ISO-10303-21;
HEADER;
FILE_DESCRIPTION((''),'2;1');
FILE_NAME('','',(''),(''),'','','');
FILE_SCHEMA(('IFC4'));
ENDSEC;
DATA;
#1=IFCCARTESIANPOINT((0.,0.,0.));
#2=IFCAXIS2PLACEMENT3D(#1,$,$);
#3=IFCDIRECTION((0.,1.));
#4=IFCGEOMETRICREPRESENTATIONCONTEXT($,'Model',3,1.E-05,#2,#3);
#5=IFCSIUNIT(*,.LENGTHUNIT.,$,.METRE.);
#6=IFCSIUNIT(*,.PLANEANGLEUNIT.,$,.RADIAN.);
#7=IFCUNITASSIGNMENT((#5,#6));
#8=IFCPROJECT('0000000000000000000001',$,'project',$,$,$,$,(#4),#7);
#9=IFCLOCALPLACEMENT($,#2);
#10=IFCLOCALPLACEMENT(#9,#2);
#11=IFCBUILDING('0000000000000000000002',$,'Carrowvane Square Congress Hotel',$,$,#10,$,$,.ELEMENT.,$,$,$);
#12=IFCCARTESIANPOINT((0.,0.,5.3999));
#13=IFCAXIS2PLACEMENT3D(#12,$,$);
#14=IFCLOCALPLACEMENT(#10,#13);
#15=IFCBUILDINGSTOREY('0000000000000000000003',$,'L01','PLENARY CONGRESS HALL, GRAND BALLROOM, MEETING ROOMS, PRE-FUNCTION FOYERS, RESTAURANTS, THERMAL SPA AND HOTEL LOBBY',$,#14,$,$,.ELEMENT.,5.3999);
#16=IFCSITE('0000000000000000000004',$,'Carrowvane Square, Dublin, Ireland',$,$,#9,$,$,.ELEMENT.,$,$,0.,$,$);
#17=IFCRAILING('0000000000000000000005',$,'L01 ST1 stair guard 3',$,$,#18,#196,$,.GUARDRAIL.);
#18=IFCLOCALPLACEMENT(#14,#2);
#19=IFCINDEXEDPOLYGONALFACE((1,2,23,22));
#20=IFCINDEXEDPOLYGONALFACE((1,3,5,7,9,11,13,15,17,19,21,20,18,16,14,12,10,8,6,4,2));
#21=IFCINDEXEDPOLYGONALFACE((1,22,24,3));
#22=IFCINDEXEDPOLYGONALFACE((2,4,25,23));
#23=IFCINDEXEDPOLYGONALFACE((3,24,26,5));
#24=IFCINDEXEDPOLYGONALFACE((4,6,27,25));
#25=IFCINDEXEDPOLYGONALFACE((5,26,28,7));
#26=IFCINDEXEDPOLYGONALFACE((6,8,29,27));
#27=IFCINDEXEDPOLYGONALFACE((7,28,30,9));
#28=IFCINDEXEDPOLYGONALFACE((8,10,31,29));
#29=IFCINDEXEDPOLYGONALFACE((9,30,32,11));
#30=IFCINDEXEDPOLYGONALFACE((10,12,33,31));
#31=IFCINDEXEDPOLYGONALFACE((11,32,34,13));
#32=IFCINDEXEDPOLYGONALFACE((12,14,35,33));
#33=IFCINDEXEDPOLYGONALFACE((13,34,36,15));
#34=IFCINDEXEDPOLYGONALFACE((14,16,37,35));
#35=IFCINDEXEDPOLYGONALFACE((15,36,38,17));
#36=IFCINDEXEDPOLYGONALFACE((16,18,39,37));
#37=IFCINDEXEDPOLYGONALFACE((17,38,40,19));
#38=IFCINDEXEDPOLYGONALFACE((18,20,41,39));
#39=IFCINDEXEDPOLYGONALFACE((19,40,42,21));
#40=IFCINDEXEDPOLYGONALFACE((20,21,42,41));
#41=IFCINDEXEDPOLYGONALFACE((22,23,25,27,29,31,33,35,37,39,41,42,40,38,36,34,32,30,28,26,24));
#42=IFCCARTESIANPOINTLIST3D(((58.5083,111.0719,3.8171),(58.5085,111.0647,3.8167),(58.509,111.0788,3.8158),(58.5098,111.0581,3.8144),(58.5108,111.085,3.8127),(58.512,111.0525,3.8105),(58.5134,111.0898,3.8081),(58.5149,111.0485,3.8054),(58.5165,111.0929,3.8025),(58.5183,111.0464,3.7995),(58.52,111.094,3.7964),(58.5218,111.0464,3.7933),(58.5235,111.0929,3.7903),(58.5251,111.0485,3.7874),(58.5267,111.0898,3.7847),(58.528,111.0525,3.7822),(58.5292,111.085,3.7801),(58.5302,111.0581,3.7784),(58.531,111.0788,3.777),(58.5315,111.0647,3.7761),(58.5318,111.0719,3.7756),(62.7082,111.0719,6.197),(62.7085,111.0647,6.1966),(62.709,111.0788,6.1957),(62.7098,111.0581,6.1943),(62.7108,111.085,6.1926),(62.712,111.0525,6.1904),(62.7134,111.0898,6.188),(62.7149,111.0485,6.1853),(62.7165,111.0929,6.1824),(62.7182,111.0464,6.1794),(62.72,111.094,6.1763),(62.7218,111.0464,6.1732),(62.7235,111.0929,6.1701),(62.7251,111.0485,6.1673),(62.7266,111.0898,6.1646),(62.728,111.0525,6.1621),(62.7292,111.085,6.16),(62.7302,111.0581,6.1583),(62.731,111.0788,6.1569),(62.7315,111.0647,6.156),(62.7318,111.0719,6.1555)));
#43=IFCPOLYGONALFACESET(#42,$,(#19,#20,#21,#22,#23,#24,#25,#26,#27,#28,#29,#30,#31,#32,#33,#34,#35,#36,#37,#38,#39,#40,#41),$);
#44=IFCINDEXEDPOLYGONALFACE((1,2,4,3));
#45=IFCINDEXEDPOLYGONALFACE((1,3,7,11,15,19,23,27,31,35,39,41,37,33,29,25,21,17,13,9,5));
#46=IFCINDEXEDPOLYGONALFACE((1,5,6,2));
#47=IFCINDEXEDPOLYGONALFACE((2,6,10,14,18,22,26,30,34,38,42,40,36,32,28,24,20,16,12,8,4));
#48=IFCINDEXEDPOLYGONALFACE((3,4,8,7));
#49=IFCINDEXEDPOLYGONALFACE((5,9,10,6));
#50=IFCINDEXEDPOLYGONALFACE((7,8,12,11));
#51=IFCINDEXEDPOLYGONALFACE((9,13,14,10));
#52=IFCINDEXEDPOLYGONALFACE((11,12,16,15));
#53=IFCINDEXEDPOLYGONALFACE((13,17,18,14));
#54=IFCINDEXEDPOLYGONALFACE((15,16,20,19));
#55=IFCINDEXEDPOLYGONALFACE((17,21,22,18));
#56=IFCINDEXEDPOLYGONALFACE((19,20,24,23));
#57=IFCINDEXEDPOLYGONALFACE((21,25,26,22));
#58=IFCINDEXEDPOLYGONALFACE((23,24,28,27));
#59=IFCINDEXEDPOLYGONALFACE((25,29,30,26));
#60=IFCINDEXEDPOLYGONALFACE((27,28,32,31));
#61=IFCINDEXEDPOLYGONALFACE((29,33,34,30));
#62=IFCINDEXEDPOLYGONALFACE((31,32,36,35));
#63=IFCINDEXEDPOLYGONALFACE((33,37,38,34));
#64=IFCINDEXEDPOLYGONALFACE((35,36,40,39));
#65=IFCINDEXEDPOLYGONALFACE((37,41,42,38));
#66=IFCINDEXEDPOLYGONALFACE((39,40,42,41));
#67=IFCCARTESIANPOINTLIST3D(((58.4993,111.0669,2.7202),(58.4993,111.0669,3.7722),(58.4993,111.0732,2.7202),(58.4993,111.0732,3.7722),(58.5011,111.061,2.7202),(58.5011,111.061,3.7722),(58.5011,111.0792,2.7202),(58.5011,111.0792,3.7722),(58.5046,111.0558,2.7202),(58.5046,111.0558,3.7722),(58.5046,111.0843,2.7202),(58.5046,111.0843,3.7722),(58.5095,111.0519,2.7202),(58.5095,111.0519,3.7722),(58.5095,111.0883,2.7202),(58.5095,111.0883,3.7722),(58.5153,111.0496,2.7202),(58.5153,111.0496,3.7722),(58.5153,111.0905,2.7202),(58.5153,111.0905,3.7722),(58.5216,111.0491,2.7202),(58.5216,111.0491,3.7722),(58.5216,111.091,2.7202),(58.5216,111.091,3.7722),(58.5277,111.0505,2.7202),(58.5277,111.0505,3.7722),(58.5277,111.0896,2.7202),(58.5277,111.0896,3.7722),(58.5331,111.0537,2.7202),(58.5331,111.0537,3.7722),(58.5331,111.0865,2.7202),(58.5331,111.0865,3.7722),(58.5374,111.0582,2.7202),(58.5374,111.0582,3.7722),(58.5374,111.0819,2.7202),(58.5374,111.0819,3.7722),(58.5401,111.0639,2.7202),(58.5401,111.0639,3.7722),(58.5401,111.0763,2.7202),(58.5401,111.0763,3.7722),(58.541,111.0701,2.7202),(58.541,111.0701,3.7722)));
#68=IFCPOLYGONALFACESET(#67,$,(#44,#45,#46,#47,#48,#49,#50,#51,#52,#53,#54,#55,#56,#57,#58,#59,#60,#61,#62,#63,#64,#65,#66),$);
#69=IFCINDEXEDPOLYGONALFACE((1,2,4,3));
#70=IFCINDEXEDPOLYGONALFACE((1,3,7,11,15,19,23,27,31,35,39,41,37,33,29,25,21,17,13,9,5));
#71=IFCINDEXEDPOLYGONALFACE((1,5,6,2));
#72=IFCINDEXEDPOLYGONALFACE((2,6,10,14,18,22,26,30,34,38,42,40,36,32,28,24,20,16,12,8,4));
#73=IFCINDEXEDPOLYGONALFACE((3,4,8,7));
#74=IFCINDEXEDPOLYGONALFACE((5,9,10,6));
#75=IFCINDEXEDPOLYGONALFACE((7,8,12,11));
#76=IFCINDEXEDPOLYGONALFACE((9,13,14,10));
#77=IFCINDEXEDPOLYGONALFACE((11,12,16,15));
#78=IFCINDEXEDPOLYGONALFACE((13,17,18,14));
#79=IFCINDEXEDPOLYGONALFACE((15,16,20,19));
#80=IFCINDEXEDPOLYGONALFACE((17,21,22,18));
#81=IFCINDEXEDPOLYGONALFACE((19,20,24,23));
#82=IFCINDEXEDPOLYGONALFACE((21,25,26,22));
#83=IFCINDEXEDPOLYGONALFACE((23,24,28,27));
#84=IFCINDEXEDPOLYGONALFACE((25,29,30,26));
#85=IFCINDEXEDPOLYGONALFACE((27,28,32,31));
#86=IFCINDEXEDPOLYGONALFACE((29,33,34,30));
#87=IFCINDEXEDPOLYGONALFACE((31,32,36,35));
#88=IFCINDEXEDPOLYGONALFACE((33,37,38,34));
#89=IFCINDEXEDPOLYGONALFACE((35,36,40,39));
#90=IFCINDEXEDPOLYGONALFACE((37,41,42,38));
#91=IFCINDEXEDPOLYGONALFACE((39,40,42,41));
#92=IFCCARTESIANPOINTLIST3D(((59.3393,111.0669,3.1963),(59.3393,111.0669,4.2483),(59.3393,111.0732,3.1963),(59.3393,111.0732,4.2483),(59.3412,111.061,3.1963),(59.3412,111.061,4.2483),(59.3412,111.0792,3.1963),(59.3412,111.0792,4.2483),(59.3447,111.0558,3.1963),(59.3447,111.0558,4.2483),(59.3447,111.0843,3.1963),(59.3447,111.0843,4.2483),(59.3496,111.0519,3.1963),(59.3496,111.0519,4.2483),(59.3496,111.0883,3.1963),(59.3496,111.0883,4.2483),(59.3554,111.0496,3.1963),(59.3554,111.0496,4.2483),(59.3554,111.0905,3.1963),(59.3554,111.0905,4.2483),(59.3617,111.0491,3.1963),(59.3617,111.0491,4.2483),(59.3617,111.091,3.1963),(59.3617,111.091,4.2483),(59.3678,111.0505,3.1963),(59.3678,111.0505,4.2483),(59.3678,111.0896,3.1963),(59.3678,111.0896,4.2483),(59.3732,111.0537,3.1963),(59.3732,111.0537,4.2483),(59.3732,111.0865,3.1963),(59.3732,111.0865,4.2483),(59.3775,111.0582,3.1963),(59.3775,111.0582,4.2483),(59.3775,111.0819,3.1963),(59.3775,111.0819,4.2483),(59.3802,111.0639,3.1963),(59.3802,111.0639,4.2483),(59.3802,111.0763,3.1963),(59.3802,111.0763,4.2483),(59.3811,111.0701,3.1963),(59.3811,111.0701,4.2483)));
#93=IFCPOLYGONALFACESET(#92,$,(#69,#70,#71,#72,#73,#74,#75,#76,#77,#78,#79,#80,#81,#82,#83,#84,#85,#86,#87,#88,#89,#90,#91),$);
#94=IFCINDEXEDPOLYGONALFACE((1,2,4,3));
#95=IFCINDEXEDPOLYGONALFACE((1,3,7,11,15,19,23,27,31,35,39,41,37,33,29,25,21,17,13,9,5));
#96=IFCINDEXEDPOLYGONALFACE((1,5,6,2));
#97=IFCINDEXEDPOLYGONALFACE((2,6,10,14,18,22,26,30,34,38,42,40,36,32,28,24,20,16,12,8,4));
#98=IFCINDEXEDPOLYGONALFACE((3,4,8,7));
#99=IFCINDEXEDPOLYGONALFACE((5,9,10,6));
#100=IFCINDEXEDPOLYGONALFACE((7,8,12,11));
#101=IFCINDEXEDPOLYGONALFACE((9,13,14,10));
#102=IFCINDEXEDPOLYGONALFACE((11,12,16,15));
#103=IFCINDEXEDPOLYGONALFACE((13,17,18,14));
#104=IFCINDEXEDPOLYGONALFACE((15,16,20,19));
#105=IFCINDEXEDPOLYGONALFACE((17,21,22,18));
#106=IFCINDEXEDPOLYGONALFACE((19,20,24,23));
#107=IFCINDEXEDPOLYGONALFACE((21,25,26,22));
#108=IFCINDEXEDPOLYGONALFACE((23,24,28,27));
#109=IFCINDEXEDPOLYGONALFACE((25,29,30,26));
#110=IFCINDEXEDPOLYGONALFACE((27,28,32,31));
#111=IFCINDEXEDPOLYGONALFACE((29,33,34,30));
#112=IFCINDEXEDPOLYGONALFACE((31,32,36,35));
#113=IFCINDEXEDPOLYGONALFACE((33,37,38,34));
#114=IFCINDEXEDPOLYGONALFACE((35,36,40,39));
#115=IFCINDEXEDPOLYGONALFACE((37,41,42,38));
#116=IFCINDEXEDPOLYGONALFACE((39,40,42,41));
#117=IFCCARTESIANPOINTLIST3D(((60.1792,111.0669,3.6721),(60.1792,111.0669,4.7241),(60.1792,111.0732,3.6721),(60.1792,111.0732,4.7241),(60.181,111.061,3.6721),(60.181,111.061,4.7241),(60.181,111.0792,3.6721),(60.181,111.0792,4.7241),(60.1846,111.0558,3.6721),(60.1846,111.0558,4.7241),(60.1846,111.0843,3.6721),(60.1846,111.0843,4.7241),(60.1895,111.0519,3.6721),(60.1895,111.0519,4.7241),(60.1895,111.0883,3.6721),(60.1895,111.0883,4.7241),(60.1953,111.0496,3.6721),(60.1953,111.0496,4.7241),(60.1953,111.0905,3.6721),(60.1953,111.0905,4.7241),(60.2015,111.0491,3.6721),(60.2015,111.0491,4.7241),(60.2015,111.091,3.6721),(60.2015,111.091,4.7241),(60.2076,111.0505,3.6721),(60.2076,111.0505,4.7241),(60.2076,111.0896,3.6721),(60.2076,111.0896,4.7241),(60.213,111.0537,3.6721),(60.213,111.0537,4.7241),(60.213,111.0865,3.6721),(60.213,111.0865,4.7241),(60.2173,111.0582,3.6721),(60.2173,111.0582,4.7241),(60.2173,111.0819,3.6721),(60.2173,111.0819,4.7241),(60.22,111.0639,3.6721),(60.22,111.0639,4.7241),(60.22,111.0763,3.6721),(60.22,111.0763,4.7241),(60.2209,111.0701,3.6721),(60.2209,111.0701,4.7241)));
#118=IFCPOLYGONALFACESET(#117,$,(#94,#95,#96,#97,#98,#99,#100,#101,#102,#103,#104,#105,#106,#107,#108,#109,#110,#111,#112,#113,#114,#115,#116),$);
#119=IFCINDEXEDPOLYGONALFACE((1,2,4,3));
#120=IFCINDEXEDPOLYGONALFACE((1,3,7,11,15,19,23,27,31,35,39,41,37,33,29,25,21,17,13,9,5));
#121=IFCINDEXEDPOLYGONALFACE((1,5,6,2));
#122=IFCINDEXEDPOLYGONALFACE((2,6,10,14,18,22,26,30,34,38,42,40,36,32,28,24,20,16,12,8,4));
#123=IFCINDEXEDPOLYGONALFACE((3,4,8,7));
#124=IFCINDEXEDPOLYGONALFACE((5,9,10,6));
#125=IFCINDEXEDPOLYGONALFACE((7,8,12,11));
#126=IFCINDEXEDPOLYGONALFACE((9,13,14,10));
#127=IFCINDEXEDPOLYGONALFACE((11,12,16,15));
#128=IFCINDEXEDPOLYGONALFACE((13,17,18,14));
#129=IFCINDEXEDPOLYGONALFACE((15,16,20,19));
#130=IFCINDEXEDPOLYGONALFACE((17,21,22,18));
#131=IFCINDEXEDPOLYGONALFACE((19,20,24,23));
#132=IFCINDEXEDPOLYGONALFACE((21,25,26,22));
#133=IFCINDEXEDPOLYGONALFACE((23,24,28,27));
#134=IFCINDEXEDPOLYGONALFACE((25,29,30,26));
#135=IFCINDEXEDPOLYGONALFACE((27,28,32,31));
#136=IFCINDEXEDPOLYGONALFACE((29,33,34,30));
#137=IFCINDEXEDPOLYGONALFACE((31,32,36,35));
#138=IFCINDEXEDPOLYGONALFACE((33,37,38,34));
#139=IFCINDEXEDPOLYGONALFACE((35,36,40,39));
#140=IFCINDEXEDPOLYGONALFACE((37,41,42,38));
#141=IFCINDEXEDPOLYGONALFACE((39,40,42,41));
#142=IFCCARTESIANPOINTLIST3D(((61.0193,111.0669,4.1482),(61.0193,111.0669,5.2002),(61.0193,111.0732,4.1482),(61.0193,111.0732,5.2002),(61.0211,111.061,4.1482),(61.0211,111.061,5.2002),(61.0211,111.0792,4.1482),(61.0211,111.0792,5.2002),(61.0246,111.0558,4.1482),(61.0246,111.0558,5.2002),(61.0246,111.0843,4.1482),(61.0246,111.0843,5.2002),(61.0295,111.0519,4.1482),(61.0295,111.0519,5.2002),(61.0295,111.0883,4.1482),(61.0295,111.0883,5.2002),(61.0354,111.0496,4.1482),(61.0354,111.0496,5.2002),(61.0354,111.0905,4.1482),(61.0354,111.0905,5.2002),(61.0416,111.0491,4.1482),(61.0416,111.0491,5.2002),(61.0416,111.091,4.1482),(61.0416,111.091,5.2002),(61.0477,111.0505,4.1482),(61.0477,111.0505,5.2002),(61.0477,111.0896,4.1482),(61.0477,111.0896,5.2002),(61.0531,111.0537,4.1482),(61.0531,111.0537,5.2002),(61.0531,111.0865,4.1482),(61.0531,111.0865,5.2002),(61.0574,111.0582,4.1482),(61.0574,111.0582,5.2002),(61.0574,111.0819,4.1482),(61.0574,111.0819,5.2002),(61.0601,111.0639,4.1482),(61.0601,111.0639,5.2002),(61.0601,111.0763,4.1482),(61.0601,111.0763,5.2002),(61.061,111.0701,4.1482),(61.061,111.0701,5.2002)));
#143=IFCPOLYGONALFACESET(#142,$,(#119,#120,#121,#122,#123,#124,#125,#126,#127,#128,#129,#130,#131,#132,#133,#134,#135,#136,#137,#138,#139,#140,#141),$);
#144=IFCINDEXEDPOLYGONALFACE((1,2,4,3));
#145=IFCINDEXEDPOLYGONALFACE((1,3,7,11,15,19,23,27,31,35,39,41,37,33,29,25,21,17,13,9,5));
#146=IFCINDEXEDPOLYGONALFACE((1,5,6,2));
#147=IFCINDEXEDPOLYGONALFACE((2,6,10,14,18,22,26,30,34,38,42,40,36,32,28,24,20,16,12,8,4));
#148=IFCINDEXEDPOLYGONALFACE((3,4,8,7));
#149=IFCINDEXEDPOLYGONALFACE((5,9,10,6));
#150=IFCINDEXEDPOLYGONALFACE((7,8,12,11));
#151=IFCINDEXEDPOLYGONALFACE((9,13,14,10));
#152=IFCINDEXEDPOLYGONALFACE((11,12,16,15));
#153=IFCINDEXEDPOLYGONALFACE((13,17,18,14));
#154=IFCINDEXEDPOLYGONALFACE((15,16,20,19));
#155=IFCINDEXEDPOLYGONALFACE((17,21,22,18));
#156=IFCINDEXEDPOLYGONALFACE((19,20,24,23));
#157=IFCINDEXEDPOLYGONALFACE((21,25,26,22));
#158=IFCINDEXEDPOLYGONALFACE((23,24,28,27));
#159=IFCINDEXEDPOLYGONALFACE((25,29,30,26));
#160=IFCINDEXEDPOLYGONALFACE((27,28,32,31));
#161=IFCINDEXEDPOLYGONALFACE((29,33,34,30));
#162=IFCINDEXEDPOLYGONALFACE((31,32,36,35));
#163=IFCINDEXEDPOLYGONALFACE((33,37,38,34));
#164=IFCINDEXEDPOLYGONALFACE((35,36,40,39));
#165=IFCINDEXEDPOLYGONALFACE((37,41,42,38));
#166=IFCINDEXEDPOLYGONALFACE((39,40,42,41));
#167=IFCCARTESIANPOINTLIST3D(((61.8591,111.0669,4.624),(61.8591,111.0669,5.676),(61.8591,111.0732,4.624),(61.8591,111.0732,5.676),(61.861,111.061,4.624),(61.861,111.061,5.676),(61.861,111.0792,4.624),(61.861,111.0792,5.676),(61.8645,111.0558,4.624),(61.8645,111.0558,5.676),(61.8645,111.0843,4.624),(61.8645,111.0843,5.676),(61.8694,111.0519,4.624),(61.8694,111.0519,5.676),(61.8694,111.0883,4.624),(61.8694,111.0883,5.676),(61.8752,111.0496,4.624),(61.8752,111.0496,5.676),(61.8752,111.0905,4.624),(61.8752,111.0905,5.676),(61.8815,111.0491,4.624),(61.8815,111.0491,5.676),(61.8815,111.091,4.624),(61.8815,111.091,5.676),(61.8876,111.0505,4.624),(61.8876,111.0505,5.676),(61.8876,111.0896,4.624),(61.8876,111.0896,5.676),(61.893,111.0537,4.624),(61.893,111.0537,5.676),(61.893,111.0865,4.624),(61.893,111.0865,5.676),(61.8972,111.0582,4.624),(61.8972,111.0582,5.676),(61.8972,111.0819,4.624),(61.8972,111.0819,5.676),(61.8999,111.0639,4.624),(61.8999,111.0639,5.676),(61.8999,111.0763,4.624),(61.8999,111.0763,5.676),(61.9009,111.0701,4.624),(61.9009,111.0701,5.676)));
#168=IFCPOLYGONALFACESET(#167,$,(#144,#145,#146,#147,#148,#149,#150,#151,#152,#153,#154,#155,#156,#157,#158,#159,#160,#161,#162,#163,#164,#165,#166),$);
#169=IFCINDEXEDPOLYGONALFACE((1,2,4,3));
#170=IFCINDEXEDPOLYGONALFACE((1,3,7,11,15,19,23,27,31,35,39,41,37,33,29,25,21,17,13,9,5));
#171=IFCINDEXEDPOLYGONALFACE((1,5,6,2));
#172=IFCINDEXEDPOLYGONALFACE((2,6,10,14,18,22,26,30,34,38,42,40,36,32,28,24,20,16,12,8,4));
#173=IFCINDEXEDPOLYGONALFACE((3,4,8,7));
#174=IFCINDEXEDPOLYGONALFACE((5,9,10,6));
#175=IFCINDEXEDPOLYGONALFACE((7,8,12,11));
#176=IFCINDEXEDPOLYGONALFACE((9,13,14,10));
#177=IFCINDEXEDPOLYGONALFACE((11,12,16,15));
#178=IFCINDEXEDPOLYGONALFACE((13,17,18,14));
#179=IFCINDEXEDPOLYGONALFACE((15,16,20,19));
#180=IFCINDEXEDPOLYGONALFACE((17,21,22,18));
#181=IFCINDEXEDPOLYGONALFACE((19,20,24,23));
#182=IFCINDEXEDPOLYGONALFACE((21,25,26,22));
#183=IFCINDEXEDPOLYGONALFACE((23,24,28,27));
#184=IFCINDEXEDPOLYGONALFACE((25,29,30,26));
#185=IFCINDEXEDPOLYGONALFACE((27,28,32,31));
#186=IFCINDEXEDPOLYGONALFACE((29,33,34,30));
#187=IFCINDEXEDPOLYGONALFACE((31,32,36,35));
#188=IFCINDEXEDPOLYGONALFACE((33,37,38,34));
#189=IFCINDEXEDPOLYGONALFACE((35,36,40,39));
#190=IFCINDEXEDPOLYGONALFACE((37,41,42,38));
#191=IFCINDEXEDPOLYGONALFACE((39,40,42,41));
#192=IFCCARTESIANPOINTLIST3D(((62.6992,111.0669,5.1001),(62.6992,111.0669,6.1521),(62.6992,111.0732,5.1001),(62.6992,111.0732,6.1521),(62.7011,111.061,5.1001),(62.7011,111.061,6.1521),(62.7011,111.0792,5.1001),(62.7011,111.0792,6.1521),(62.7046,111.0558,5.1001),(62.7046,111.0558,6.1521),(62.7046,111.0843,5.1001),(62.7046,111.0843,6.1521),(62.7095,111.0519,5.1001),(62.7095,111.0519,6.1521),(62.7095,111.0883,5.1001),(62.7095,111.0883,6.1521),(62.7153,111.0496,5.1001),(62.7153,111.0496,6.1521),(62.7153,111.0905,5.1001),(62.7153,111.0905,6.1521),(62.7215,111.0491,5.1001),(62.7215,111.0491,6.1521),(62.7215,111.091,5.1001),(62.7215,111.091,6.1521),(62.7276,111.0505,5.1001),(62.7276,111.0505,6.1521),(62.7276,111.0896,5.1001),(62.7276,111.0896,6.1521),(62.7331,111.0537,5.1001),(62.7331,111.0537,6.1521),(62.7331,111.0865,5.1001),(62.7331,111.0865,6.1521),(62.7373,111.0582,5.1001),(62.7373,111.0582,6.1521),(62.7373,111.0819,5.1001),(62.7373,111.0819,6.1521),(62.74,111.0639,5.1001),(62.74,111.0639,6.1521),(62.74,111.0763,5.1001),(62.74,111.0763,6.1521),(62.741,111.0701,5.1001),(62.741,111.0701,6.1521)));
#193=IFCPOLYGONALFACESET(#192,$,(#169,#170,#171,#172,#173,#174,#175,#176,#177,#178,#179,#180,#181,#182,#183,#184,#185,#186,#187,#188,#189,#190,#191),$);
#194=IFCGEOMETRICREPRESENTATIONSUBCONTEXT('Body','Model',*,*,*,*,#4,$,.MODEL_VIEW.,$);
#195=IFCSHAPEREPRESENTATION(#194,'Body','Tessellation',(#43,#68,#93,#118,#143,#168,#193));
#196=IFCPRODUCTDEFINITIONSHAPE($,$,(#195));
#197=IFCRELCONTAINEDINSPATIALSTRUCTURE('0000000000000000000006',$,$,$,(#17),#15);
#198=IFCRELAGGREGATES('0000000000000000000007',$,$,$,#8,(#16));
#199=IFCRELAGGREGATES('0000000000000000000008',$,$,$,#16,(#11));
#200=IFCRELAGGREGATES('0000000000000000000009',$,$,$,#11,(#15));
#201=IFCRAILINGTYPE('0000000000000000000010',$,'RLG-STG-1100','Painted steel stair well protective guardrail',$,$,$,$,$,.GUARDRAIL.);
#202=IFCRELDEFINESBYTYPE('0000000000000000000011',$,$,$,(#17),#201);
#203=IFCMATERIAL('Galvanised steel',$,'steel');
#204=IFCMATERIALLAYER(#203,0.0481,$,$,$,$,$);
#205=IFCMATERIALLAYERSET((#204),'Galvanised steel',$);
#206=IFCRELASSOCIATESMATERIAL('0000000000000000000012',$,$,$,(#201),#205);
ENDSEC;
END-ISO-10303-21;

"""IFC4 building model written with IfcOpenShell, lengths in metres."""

from ifc_helpers import new_model, si_unit, direction, frame, origin, origin_2d, place, context, subcontext, project, spatial, circle, extrude, material, layer, layer_set, type_object, element, save


model = new_model("IFC4")

# Units and contexts
model_context = context("Model", 3, precision=1e-05, world=origin(), true_north=direction((0.0, 1.0)))
body_context = subcontext(model_context, "Body", "Model", "MODEL_VIEW")
ifc_project = project(units=[si_unit("LENGTHUNIT", "METRE"), si_unit("PLANEANGLEUNIT", "RADIAN")], contexts=[model_context])

# Site, building, storey
site_placement = place(None, origin())
site = spatial("IfcSite", under=ifc_project, at=site_placement, Name="Carrowvane Square, Dublin, Ireland", CompositionType="ELEMENT", RefElevation=0.0)
building_placement = place(site_placement, origin())
building = spatial("IfcBuilding", under=site, at=building_placement, Name="Carrowvane Square Congress Hotel", CompositionType="ELEMENT")
storey_placement = place(building_placement, frame((0.0, 0.0, 5.3999)))
storey = spatial("IfcBuildingStorey", under=building, at=storey_placement, Name="L01", Description="PLENARY CONGRESS HALL, GRAND BALLROOM, MEETING ROOMS, PRE-FUNCTION FOYERS, RESTAURANTS, THERMAL SPA AND HOTEL LOBBY", CompositionType="ELEMENT", Elevation=5.3999)

# Railing
ifc_material_1 = material(Name="Galvanised steel", Category="steel")
ifc_layer_1 = layer(ifc_material_1, 0.0481)
ifc_layer_set_1 = layer_set([ifc_layer_1], Name="Galvanised steel")
railing_type_1 = type_object("IfcRailingType", Name="RLG-STG-1100", Description="Painted steel stair well protective guardrail", PredefinedType="GUARDRAIL", material=ifc_layer_set_1)
railing_1_placement = place(storey_placement, frame((58.52, 111.0701, 2.7202)))
element("IfcRailing", 1, at=railing_1_placement, inside=storey, type_object=railing_type_1, Name="L01 ST1 stair guard 3", PredefinedType="GUARDRAIL", context=body_context, shape_type="SweptSolid", body=[
    extrude(circle(Radius=0.0239, at=origin_2d()), frame((0.0, 0.0, 1.0762), z_axis=(0.87003, 0.0, 0.492999), x_axis=(0.0, 1.0, 0.0)), (0.0, 0.0, 1.0), 4.8274),
    extrude(circle(Radius=0.021, at=origin_2d()), origin(), (0.0, 0.0, 1.0), 1.052),
    extrude(circle(Radius=0.021, at=origin_2d()), frame((0.8401, 0.0, 0.4761)), (0.0, 0.0, 1.0), 1.052),
    extrude(circle(Radius=0.021, at=origin_2d()), frame((1.6799, 0.0, 0.9519)), (0.0, 0.0, 1.0), 1.052),
    extrude(circle(Radius=0.021, at=origin_2d()), frame((2.52, 0.0, 1.428)), (0.0, 0.0, 1.0), 1.052),
    extrude(circle(Radius=0.021, at=origin_2d()), frame((3.3599, 0.0, 1.9038)), (0.0, 0.0, 1.0), 1.052),
    extrude(circle(Radius=0.021, at=origin_2d()), frame((4.2, 0.0, 2.3799)), (0.0, 0.0, 1.0), 1.052),
])

save(model, "model.ifc")
